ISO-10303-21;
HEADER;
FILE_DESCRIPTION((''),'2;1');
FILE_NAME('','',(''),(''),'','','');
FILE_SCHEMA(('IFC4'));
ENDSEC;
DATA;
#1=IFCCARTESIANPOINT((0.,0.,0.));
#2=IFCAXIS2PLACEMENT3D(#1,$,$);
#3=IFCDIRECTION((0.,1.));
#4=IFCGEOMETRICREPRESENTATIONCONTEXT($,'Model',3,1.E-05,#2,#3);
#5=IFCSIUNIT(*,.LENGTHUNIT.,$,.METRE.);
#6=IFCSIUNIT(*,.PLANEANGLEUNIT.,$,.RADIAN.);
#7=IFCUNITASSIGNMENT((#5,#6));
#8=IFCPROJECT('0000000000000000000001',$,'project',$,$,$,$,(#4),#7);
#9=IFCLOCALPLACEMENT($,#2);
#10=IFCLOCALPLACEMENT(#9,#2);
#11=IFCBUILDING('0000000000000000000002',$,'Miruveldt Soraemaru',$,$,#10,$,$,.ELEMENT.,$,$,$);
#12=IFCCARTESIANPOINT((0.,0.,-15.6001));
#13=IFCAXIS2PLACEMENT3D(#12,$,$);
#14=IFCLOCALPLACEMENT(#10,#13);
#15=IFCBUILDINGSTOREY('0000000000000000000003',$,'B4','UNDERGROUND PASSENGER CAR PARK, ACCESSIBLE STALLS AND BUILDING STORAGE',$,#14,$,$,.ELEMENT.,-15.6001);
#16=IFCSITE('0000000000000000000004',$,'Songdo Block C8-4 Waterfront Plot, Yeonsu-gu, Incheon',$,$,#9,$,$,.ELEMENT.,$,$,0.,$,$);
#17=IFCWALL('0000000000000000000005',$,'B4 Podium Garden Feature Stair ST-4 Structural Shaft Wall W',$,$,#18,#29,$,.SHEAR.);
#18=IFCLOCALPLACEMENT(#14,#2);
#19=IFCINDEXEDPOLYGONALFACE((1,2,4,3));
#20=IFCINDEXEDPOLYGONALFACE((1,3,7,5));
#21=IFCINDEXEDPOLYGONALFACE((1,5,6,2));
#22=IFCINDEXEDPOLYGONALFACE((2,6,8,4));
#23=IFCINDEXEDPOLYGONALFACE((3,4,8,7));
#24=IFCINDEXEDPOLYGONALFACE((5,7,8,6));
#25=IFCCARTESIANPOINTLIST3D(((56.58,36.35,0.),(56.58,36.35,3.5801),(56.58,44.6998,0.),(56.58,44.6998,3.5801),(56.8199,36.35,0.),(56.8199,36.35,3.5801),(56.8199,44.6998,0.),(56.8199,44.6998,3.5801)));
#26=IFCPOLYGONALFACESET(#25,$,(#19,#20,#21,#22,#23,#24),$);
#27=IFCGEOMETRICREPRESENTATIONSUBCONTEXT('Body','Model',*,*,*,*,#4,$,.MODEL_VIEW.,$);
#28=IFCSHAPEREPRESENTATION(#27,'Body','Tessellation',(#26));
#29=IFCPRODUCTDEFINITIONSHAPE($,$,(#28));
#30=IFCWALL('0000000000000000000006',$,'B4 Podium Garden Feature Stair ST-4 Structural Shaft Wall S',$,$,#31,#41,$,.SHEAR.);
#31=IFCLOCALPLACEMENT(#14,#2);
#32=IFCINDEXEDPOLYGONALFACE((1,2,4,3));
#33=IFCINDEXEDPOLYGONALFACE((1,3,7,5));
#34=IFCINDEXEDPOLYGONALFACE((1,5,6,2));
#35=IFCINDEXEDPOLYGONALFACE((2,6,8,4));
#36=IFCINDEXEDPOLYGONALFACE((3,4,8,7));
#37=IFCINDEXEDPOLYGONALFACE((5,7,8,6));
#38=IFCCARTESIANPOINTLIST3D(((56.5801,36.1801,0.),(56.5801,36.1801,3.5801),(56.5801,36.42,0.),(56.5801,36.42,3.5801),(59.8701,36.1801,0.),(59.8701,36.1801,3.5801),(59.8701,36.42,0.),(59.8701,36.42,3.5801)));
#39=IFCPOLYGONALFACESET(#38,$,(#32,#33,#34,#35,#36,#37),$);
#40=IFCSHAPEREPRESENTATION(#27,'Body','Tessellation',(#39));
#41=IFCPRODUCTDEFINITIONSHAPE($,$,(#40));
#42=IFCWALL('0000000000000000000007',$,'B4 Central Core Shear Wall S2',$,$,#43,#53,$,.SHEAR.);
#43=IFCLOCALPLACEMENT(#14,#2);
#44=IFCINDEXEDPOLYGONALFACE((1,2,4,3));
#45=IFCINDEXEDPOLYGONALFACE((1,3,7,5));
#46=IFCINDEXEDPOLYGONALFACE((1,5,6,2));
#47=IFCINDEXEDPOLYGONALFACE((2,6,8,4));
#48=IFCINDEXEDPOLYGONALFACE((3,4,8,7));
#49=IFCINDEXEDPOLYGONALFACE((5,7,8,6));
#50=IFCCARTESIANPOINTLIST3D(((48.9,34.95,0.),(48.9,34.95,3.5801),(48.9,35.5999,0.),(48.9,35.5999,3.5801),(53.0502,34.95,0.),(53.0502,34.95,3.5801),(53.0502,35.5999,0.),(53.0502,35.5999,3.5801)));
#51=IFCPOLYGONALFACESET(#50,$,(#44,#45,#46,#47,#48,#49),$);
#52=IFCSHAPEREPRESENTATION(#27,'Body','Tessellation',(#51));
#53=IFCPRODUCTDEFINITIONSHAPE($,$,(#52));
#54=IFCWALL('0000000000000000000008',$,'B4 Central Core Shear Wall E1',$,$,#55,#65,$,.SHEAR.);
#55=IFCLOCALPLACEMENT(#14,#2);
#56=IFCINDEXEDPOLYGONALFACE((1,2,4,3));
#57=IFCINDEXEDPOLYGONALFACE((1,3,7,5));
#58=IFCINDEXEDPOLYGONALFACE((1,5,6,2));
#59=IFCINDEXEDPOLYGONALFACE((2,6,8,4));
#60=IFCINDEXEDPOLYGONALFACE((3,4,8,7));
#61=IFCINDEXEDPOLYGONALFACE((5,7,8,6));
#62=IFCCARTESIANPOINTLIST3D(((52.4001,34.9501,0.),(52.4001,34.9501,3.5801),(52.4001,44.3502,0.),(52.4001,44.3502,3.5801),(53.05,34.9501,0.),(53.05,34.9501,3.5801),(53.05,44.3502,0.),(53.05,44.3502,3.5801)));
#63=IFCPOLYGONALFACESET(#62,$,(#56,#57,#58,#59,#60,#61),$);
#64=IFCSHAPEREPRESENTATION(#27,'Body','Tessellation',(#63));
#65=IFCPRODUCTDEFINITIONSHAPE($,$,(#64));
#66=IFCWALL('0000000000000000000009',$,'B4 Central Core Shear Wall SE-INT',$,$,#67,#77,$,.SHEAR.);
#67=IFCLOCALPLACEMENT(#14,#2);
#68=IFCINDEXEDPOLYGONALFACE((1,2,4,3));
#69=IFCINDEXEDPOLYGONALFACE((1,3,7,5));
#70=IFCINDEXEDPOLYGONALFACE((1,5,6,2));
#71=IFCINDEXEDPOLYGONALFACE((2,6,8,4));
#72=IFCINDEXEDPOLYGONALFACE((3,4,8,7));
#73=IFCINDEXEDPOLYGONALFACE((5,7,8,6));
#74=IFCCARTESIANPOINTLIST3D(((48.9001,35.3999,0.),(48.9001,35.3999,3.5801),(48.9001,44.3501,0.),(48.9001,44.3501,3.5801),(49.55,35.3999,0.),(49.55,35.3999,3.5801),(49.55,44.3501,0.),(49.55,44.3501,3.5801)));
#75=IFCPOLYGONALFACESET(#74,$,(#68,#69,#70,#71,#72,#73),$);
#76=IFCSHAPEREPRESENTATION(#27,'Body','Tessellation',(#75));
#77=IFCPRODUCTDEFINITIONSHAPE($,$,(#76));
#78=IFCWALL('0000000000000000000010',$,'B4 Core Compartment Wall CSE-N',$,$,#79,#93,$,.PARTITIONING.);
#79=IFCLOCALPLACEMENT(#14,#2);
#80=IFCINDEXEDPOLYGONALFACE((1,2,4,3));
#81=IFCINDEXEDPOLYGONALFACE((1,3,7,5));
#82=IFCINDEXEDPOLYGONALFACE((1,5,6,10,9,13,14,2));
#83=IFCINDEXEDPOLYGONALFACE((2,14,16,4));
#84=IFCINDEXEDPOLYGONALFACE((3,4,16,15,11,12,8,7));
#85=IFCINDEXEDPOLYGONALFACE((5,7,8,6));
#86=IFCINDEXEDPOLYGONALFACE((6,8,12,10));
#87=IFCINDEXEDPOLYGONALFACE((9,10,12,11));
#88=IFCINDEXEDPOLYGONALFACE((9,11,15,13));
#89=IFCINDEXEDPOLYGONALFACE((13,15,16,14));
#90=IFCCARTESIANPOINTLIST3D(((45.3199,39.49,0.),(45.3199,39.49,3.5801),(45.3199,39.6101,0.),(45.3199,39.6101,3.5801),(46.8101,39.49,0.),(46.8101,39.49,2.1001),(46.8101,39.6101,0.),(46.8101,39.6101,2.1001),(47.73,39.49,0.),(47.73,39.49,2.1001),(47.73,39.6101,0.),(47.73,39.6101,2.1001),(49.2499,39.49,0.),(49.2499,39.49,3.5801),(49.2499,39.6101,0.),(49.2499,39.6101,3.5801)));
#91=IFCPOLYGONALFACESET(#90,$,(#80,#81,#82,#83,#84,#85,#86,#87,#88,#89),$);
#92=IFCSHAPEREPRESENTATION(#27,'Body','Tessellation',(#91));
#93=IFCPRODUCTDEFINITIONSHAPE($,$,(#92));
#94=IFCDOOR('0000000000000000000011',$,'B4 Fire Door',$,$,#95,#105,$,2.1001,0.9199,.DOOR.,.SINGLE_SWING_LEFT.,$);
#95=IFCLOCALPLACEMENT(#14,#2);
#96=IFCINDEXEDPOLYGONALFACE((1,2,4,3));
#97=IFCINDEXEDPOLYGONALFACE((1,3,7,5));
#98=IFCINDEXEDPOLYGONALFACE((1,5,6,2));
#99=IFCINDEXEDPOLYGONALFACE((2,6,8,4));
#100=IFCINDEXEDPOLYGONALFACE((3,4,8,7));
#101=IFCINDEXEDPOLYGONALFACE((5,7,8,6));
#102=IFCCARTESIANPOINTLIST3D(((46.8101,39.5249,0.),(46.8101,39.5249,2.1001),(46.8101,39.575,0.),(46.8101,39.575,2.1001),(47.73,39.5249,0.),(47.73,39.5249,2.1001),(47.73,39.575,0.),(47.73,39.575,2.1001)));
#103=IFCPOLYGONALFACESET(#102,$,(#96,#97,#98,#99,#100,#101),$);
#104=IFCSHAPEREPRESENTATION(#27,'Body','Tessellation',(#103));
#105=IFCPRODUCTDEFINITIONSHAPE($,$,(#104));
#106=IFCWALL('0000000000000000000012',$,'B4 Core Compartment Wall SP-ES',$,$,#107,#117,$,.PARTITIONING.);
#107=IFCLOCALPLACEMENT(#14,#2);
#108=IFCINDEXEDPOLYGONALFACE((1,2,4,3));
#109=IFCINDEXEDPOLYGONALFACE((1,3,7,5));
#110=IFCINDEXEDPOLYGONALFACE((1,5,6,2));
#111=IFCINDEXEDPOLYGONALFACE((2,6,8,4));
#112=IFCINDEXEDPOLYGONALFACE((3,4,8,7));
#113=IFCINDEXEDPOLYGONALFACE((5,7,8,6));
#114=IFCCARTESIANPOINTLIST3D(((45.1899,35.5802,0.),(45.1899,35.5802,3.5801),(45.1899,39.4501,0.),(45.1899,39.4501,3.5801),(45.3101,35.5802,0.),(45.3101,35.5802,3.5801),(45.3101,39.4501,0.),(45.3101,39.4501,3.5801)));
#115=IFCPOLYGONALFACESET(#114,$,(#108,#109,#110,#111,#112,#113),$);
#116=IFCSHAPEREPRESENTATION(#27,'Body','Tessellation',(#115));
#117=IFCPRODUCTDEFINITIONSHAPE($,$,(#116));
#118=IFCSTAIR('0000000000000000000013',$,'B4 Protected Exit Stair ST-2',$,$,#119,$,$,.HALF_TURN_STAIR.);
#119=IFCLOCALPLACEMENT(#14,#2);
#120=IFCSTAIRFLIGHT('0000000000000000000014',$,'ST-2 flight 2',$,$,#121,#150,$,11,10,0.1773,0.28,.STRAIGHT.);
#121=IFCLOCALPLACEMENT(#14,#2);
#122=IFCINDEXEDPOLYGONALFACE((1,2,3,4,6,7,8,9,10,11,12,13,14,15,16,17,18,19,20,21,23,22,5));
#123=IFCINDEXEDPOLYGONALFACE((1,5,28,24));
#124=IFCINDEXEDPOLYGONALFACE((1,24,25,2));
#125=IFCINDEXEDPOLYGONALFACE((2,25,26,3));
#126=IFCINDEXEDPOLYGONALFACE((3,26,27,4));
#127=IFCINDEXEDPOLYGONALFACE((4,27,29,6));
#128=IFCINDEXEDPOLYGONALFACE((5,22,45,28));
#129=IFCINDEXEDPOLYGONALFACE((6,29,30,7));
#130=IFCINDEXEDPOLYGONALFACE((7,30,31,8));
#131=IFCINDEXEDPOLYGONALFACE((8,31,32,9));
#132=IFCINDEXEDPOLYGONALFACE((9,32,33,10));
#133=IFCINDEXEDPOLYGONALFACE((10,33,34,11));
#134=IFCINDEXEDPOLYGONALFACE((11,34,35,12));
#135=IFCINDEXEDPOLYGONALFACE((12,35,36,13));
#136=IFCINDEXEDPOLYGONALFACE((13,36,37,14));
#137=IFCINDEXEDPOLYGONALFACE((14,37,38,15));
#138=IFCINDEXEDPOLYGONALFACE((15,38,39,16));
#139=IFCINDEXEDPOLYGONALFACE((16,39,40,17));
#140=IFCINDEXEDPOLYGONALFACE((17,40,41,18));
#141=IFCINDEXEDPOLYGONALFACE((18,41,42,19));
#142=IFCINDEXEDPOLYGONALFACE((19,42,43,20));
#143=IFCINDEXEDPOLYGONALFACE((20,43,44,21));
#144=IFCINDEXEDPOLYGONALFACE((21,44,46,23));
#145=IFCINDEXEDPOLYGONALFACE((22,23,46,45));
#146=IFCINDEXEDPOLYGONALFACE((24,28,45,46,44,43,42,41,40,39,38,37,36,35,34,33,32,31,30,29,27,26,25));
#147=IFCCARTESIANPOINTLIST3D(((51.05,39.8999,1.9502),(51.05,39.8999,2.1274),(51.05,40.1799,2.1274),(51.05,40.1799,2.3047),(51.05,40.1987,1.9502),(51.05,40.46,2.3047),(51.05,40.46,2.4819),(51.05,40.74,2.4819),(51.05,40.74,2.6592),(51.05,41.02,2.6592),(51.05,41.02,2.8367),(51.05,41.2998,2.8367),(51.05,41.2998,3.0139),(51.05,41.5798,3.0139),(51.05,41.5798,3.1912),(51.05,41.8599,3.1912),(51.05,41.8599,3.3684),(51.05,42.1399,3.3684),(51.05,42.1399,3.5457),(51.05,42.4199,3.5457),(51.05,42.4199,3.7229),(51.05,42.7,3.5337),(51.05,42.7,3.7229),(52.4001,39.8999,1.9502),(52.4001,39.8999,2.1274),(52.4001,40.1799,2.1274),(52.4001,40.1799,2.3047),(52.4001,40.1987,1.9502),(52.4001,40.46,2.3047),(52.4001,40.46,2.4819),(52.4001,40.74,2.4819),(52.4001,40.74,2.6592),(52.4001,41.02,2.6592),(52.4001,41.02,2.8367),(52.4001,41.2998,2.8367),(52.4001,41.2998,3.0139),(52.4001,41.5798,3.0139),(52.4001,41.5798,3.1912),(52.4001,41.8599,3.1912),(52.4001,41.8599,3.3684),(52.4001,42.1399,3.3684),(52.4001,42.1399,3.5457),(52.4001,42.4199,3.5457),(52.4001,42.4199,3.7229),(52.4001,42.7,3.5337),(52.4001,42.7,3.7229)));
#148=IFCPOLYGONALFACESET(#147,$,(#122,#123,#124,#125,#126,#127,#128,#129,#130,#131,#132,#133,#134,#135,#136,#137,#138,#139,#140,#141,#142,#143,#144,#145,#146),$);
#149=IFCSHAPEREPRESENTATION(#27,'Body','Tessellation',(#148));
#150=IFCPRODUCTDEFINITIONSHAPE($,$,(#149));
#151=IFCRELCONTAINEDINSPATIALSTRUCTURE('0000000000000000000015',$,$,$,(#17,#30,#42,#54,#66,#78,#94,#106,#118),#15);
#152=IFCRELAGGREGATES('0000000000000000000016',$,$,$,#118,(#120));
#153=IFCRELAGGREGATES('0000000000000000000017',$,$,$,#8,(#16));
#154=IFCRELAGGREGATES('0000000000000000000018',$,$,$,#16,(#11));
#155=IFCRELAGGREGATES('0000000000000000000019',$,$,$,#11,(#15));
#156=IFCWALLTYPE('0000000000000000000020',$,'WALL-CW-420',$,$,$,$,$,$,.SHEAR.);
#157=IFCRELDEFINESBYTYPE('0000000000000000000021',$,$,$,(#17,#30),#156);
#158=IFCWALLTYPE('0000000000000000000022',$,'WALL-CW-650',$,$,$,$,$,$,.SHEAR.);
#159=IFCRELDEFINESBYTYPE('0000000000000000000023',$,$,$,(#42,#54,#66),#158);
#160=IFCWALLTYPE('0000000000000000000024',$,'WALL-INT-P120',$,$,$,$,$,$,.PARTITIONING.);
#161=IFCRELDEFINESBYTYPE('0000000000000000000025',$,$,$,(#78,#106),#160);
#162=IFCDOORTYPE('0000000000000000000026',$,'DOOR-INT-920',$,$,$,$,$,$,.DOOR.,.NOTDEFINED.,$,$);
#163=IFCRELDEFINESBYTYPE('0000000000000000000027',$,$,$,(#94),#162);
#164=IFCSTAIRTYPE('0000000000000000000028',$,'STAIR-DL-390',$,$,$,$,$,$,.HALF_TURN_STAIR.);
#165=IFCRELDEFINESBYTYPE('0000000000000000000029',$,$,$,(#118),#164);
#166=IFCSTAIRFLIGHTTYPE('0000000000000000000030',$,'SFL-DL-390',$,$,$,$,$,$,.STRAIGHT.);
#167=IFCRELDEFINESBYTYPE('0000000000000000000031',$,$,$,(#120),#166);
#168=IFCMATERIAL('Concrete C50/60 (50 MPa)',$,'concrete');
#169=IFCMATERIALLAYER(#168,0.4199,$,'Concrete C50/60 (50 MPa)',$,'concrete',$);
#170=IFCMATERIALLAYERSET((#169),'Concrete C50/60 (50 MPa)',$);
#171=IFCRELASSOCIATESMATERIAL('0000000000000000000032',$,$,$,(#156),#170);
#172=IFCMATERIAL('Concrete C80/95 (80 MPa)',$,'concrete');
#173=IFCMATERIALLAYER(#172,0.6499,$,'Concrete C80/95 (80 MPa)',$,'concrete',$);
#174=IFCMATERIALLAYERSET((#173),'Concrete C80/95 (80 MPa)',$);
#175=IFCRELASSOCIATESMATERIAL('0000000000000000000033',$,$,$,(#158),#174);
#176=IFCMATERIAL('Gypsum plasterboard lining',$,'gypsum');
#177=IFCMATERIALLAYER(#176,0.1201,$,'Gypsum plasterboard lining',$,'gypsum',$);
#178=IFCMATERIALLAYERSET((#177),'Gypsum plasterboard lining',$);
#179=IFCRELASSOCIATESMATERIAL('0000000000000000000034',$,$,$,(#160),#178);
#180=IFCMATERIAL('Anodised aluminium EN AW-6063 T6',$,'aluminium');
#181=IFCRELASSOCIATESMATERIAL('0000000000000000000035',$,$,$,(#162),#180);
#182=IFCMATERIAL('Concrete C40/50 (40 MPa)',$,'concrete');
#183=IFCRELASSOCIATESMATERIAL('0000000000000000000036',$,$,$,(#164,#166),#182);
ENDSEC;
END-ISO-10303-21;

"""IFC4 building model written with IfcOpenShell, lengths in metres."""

from ifc_helpers import new_model, si_unit, direction, frame, frame_2d, origin, place, context, subcontext, project, spatial, polyline, rectangle, outline, extrude, material, layer, layer_set, type_object, element, fill, aggregate, save


model = new_model("IFC4")

# Units and contexts
model_context = context("Model", 3, precision=1e-05, world=origin(), true_north=direction((0.0, 1.0)))
body_context = subcontext(model_context, "Body", "Model", "MODEL_VIEW")
ifc_project = project(units=[si_unit("LENGTHUNIT", "METRE"), si_unit("PLANEANGLEUNIT", "RADIAN")], contexts=[model_context])

# Site, building, storey
site_placement = place(None, origin())
site = spatial("IfcSite", under=ifc_project, at=site_placement, Name="Songdo Block C8-4 Waterfront Plot, Yeonsu-gu, Incheon", CompositionType="ELEMENT", RefElevation=0.0)
building_placement = place(site_placement, origin())
building = spatial("IfcBuilding", under=site, at=building_placement, Name="Miruveldt Soraemaru", CompositionType="ELEMENT")
storey_placement = place(building_placement, frame((0.0, 0.0, -15.6001)))
storey = spatial("IfcBuildingStorey", under=building, at=storey_placement, Name="B4", Description="UNDERGROUND PASSENGER CAR PARK, ACCESSIBLE STALLS AND BUILDING STORAGE", CompositionType="ELEMENT", Elevation=-15.6001)

# Shared definitions
ifc_material_1 = material(Name="Concrete C50/60 (50 MPa)", Category="concrete")

# Shared definitions
ifc_material_2 = material(Name="Concrete C80/95 (80 MPa)", Category="concrete")

# Shared definitions
ifc_layer_1 = layer(ifc_material_1, 0.4199, Name="Concrete C50/60 (50 MPa)", Category="concrete")
ifc_layer_set_1 = layer_set([ifc_layer_1], Name="Concrete C50/60 (50 MPa)")
wall_type_1 = type_object("IfcWallType", Name="WALL-CW-420", PredefinedType="SHEAR", material=ifc_layer_set_1)
ifc_material_3 = material(Name="Anodised aluminium EN AW-6063 T6", Category="aluminium")

# Walls
wall_1_placement = place(storey_placement, frame((56.7, 36.3501, 0.0), z_axis=(0.0, 0.0, 1.0), x_axis=(0.0, 1.0, 0.0)))
element("IfcWall", 1, at=wall_1_placement, inside=storey, type_object=wall_type_1, Name="B4 Podium Garden Feature Stair ST-4 Structural Shaft Wall W", PredefinedType="SHEAR", context=body_context, shape_type="SweptSolid", body=[
    extrude(rectangle(XDim=8.3499, YDim=0.24, at=frame_2d((4.1748, 0.0))), origin(), (0.0, 0.0, 1.0), 3.5801),
])
wall_2_placement = place(storey_placement, frame((56.5801, 36.3, 0.0), z_axis=(0.0, 0.0, 1.0), x_axis=(1.0, 0.0, 0.0)))
element("IfcWall", 2, at=wall_2_placement, inside=storey, type_object=wall_type_1, Name="B4 Podium Garden Feature Stair ST-4 Structural Shaft Wall S", PredefinedType="SHEAR", context=body_context, shape_type="SweptSolid", body=[
    extrude(rectangle(XDim=3.29, YDim=0.24, at=frame_2d((1.645, 0.0))), origin(), (0.0, 0.0, 1.0), 3.5801),
])
ifc_layer_2 = layer(ifc_material_2, 0.6499, Name="Concrete C80/95 (80 MPa)", Category="concrete")
ifc_layer_set_2 = layer_set([ifc_layer_2], Name="Concrete C80/95 (80 MPa)")
wall_type_2 = type_object("IfcWallType", Name="WALL-CW-650", PredefinedType="SHEAR", material=ifc_layer_set_2)
wall_3_placement = place(storey_placement, frame((48.8999, 35.2749, 0.0), z_axis=(0.0, 0.0, 1.0), x_axis=(1.0, 0.0, 0.0)))
element("IfcWall", 3, at=wall_3_placement, inside=storey, type_object=wall_type_2, Name="B4 Central Core Shear Wall S2", PredefinedType="SHEAR", context=body_context, shape_type="SweptSolid", body=[
    extrude(rectangle(XDim=4.1501, YDim=0.6499, at=frame_2d((2.0752, 0.0))), origin(), (0.0, 0.0, 1.0), 3.5801),
])
wall_4_placement = place(storey_placement, frame((52.7251, 34.95, 0.0), z_axis=(0.0, 0.0, 1.0), x_axis=(0.0, 1.0, 0.0)))
element("IfcWall", 4, at=wall_4_placement, inside=storey, type_object=wall_type_2, Name="B4 Central Core Shear Wall E1", PredefinedType="SHEAR", context=body_context, shape_type="SweptSolid", body=[
    extrude(rectangle(XDim=9.4001, YDim=0.6499, at=frame_2d((4.7002, 0.0))), origin(), (0.0, 0.0, 1.0), 3.5801),
])
wall_5_placement = place(storey_placement, frame((49.2251, 35.3999, 0.0), z_axis=(0.0, 0.0, 1.0), x_axis=(0.0, 1.0, 0.0)))
element("IfcWall", 5, at=wall_5_placement, inside=storey, type_object=wall_type_2, Name="B4 Central Core Shear Wall SE-INT", PredefinedType="SHEAR", context=body_context, shape_type="SweptSolid", body=[
    extrude(rectangle(XDim=8.9502, YDim=0.6499, at=frame_2d((4.4751, 0.0))), origin(), (0.0, 0.0, 1.0), 3.5801),
])

# Wall, opening, door
ifc_material_4 = material(Name="Gypsum plasterboard lining", Category="gypsum")
ifc_layer_3 = layer(ifc_material_4, 0.1201, Name="Gypsum plasterboard lining", Category="gypsum")
ifc_layer_set_3 = layer_set([ifc_layer_3], Name="Gypsum plasterboard lining")
wall_type_3 = type_object("IfcWallType", Name="WALL-INT-P120", PredefinedType="PARTITIONING", material=ifc_layer_set_3)
wall_6_placement = place(storey_placement, frame((45.3201, 39.55, 0.0), z_axis=(0.0, 0.0, 1.0), x_axis=(1.0, 0.0, 0.0)))
wall_6 = element("IfcWall", 6, at=wall_6_placement, inside=storey, type_object=wall_type_3, Name="B4 Core Compartment Wall CSE-N", PredefinedType="PARTITIONING", context=body_context, shape_type="SweptSolid", body=[
    extrude(rectangle(XDim=3.9299, YDim=0.1201, at=frame_2d((1.9648, 0.0))), origin(), (0.0, 0.0, 1.0), 3.5801),
])
opening_1_placement = place(wall_6_placement, frame((1.49, 0.0, 0.0)))
opening_1 = element("IfcOpeningElement", 7, at=opening_1_placement, cuts=wall_6, PredefinedType="OPENING", context=body_context, shape_type="SweptSolid", body=[
    extrude(rectangle(XDim=0.9199, YDim=2.1001, at=frame_2d((0.46, 1.05))), frame((0.0, 0.0701, 0.0), z_axis=(0.0, -1.0, 0.0), x_axis=(1.0, 0.0, 0.0)), (0.0, 0.0, 1.0), 0.1401),
])
door_type_1 = type_object("IfcDoorType", Name="DOOR-INT-920", OperationType="NOTDEFINED", PredefinedType="DOOR", material=ifc_material_3)
door_1_placement = place(opening_1_placement, origin())
door_1 = element("IfcDoor", 8, at=door_1_placement, inside=storey, type_object=door_type_1, Name="B4 Fire Door", OperationType="SINGLE_SWING_LEFT", OverallHeight=2.1001, OverallWidth=0.9199, PredefinedType="DOOR", context=body_context, shape_type="SweptSolid", body=[
    extrude(rectangle(XDim=0.9199, YDim=2.1001, at=frame_2d((0.46, 1.05))), frame((0.0, 0.0249, 0.0), z_axis=(0.0, -1.0, 0.0), x_axis=(1.0, 0.0, 0.0)), (0.0, 0.0, 1.0), 0.05),
])
fill(opening_1, door_1)

# Wall
wall_7_placement = place(storey_placement, frame((45.25, 35.5801, 0.0), z_axis=(0.0, 0.0, 1.0), x_axis=(0.0, 1.0, 0.0)))
element("IfcWall", 9, at=wall_7_placement, inside=storey, type_object=wall_type_3, Name="B4 Core Compartment Wall SP-ES", PredefinedType="PARTITIONING", context=body_context, shape_type="SweptSolid", body=[
    extrude(rectangle(XDim=3.8699, YDim=0.1201, at=frame_2d((1.9351, 0.0))), origin(), (0.0, 0.0, 1.0), 3.5801),
])

# Stair, stair flight
ifc_material_5 = material(Name="Concrete C40/50 (40 MPa)", Category="concrete")
stair_type = type_object("IfcStairType", Name="STAIR-DL-390", PredefinedType="HALF_TURN_STAIR", material=ifc_material_5)
stair_placement = place(storey_placement, origin())
stair = element("IfcStair", 10, at=stair_placement, inside=storey, type_object=stair_type, Name="B4 Protected Exit Stair ST-2", PredefinedType="HALF_TURN_STAIR")
stair_flight_type = type_object("IfcStairFlightType", Name="SFL-DL-390", PredefinedType="STRAIGHT", material=ifc_material_5)
stair_flight_placement = place(storey_placement, frame((51.7251, 39.8999, 1.9502), z_axis=(0.0, 0.0, 1.0), x_axis=(0.0, 1.0, 0.0)))
stair_flight = element("IfcStairFlight", 11, at=stair_flight_placement, type_object=stair_flight_type, Name="ST-2 flight 2", NumberOfRisers=11, NumberOfTreads=10, PredefinedType="STRAIGHT", RiserHeight=0.1773, TreadLength=0.28, context=body_context, shape_type="SweptSolid", body=[
    extrude(outline(polyline([(0.0, 0.0), (0.0, 0.1772), (0.28, 0.1772), (0.28, 0.3545), (0.5601, 0.3545), (0.5601, 0.5317), (0.8401, 0.5317), (0.8401, 0.709), (1.1201, 0.709), (1.1201, 0.8865), (1.3999, 0.8865), (1.3999, 1.0637), (1.6799, 1.0637), (1.6799, 1.241), (1.96, 1.241), (1.96, 1.4182), (2.24, 1.4182), (2.24, 1.5955), (2.52, 1.5955), (2.52, 1.7727), (2.8, 1.7727), (2.8, 1.95), (2.8, 1.5835), (0.2988, 0.0), (0.0, 0.0)])), frame((0.0, 0.675, 0.0), z_axis=(0.0, -1.0, 0.0), x_axis=(1.0, 0.0, 0.0)), (0.0, 0.0, 1.0), 1.3501),
])
aggregate(stair, [stair_flight])

save(model, "model.ifc")
